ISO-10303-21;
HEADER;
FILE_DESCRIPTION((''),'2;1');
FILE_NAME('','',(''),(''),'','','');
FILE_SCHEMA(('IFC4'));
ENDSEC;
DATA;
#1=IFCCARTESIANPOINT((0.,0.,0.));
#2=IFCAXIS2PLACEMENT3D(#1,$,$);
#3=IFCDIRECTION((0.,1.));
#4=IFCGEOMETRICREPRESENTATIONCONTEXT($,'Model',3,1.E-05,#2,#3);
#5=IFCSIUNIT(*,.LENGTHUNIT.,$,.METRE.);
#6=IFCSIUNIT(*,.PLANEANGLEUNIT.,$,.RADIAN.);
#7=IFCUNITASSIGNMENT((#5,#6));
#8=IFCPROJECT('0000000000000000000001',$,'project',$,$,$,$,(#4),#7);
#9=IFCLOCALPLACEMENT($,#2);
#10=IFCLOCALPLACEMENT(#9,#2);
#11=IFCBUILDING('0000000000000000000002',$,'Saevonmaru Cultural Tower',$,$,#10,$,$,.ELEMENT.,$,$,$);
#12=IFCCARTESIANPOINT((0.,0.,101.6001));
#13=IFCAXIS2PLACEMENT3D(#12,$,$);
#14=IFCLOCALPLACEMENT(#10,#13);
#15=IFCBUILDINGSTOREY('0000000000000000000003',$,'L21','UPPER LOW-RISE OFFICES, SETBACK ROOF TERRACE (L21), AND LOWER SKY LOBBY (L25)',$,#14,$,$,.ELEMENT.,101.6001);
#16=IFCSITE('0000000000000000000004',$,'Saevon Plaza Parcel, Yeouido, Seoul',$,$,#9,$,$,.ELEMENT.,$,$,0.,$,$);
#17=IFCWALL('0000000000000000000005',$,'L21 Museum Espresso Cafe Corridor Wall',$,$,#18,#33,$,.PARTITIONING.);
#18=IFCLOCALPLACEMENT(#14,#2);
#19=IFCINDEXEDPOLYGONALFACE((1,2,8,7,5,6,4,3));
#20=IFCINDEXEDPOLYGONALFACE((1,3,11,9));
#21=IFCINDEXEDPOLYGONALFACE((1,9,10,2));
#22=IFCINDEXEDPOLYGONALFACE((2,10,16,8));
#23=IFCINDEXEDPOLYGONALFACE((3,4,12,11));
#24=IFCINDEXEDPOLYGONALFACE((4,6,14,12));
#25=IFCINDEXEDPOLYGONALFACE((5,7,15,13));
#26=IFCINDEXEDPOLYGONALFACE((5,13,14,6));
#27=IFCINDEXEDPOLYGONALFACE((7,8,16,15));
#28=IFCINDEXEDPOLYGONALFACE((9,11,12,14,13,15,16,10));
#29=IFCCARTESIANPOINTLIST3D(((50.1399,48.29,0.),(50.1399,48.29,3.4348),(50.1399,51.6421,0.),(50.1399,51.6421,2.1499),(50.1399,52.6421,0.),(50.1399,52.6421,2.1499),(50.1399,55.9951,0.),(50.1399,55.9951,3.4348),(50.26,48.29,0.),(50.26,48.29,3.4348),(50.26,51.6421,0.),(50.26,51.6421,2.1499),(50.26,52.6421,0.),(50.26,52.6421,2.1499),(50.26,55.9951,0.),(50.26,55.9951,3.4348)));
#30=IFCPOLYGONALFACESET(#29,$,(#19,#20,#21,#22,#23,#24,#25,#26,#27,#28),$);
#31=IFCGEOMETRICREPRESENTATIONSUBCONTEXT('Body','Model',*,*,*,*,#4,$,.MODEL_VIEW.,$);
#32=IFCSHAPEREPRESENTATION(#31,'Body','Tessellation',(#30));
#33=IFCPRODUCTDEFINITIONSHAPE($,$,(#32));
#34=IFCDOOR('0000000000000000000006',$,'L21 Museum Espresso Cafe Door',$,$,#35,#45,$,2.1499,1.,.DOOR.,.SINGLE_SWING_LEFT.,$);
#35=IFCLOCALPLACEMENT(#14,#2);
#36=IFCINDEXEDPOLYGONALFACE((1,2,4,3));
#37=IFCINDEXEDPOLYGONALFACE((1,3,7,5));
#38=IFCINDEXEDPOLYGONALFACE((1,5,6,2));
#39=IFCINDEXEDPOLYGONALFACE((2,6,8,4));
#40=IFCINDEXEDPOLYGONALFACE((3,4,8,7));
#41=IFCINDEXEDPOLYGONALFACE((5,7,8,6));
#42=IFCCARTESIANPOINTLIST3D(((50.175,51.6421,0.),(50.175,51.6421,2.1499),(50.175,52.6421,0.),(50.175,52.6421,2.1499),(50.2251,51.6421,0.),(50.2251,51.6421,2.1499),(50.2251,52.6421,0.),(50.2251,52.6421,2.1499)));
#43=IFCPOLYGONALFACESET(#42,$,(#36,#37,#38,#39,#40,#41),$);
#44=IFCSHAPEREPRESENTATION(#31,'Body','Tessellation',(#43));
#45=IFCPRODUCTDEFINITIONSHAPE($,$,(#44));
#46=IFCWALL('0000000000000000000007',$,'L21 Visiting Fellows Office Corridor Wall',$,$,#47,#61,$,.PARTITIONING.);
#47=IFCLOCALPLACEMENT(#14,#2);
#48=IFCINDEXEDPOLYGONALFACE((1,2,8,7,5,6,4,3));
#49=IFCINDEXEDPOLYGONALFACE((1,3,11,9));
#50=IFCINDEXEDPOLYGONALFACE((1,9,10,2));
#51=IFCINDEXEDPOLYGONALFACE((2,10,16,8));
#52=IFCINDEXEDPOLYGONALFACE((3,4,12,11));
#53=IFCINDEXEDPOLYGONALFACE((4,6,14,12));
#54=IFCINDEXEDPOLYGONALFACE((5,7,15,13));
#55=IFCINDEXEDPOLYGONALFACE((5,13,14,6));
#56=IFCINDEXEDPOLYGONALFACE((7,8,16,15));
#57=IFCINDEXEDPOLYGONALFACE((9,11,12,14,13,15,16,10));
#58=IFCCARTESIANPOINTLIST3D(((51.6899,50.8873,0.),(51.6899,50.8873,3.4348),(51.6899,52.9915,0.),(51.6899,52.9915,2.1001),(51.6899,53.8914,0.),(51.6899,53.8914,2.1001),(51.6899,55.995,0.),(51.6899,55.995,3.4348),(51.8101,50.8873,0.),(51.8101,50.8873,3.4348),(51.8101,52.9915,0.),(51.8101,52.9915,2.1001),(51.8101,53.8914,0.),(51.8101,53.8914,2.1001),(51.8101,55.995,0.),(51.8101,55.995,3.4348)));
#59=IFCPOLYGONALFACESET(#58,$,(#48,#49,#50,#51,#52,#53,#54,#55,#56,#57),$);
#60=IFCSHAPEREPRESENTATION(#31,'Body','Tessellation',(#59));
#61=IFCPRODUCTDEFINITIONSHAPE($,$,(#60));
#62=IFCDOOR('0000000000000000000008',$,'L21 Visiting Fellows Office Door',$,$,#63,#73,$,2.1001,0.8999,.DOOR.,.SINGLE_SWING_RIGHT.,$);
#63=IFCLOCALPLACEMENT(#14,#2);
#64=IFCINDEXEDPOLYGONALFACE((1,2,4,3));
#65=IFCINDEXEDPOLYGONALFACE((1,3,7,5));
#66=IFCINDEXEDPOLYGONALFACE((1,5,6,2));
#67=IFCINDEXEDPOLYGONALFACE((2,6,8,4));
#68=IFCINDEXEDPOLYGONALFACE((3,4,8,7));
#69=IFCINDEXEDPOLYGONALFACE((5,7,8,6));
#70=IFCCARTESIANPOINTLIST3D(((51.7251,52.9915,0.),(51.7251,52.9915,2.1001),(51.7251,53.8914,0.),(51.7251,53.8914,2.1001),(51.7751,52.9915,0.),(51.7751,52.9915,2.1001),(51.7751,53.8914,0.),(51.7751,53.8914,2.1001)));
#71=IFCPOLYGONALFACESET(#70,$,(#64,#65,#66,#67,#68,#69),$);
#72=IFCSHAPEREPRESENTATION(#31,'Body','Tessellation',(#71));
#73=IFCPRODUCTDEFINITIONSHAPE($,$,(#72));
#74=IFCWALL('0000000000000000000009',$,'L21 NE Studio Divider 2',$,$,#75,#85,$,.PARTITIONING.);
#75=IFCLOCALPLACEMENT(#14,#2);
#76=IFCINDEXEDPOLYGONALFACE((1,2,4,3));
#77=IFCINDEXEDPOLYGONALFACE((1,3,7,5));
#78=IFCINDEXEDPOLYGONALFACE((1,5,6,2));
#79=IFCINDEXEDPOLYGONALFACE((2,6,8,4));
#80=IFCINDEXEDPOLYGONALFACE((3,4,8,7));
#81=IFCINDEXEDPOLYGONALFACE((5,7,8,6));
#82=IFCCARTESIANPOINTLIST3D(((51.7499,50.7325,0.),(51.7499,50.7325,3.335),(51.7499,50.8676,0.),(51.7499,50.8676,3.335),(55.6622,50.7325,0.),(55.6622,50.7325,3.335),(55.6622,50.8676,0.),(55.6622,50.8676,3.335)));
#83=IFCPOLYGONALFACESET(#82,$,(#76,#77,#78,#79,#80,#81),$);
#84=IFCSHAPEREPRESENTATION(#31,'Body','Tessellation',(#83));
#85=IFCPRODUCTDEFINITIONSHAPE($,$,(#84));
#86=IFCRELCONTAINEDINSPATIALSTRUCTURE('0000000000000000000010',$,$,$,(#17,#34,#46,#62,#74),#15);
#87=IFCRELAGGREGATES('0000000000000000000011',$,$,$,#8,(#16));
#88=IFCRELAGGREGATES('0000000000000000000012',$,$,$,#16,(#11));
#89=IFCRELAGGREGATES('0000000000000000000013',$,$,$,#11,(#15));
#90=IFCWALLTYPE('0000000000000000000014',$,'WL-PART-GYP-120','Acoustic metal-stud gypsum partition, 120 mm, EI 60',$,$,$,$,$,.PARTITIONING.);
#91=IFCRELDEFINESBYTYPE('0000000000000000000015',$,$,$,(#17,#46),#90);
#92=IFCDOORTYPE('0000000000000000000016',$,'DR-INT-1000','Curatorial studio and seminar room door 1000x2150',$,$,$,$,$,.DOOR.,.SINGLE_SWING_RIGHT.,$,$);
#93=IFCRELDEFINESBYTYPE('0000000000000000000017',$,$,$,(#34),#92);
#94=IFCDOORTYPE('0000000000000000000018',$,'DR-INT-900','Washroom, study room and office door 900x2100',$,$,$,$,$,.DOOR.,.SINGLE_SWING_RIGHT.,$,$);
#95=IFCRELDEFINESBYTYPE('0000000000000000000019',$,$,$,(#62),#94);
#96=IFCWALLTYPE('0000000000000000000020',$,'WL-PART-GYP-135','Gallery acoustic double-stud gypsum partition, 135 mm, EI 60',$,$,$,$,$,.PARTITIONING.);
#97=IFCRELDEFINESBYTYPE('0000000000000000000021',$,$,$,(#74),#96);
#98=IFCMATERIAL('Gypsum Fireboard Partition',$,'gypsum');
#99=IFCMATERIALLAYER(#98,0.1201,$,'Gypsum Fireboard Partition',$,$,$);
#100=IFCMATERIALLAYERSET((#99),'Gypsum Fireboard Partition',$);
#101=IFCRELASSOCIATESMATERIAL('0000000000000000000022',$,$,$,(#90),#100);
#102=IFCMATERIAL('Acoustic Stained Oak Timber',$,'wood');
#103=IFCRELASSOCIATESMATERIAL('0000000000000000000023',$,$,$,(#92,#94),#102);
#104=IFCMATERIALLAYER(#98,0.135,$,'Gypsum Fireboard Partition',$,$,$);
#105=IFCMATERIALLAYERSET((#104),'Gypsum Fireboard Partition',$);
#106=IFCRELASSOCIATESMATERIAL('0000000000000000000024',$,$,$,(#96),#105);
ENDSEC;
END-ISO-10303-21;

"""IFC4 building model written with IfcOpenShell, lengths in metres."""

from ifc_helpers import new_model, si_unit, direction, frame, frame_2d, origin, place, context, subcontext, project, spatial, rectangle, extrude, material, layer, layer_set, type_object, element, fill, save


model = new_model("IFC4")

# Units and contexts
model_context = context("Model", 3, precision=1e-05, world=origin(), true_north=direction((0.0, 1.0)))
body_context = subcontext(model_context, "Body", "Model", "MODEL_VIEW")
ifc_project = project(units=[si_unit("LENGTHUNIT", "METRE"), si_unit("PLANEANGLEUNIT", "RADIAN")], contexts=[model_context])

# Site, building, storey
site_placement = place(None, origin())
site = spatial("IfcSite", under=ifc_project, at=site_placement, Name="Saevon Plaza Parcel, Yeouido, Seoul", CompositionType="ELEMENT", RefElevation=0.0)
building_placement = place(site_placement, origin())
building = spatial("IfcBuilding", under=site, at=building_placement, Name="Saevonmaru Cultural Tower", CompositionType="ELEMENT")
storey_placement = place(building_placement, frame((0.0, 0.0, 101.6001)))
storey = spatial("IfcBuildingStorey", under=building, at=storey_placement, Name="L21", Description="UPPER LOW-RISE OFFICES, SETBACK ROOF TERRACE (L21), AND LOWER SKY LOBBY (L25)", CompositionType="ELEMENT", Elevation=101.6001)

# Walls, openings, doors
ifc_material_1 = material(Name="Gypsum Fireboard Partition", Category="gypsum")
ifc_layer_1 = layer(ifc_material_1, 0.1201, Name="Gypsum Fireboard Partition")
ifc_layer_set_1 = layer_set([ifc_layer_1], Name="Gypsum Fireboard Partition")
wall_type_1 = type_object("IfcWallType", Name="WL-PART-GYP-120", Description="Acoustic metal-stud gypsum partition, 120 mm, EI 60", PredefinedType="PARTITIONING", material=ifc_layer_set_1)
wall_1_placement = place(storey_placement, frame((50.2, 48.29, 0.0), z_axis=(0.0, 0.0, 1.0), x_axis=(0.0, 1.0, 0.0)))
wall_1 = element("IfcWall", 1, at=wall_1_placement, inside=storey, type_object=wall_type_1, Name="L21 Museum Espresso Cafe Corridor Wall", PredefinedType="PARTITIONING", context=body_context, shape_type="SweptSolid", body=[
    extrude(rectangle(XDim=7.7051, YDim=0.1201, at=frame_2d((3.8525, 0.0))), origin(), (0.0, 0.0, 1.0), 3.4348),
])
opening_1_placement = place(wall_1_placement, frame((3.3521, 0.0, 0.0)))
opening_1 = element("IfcOpeningElement", 2, at=opening_1_placement, cuts=wall_1, PredefinedType="OPENING", context=body_context, shape_type="SweptSolid", body=[
    extrude(rectangle(XDim=1.0, YDim=2.1499, at=frame_2d((0.5, 1.075))), frame((0.0, 0.0701, 0.0), z_axis=(0.0, -1.0, 0.0), x_axis=(1.0, 0.0, 0.0)), (0.0, 0.0, 1.0), 0.1401),
])
ifc_material_2 = material(Name="Acoustic Stained Oak Timber", Category="wood")
door_type_1 = type_object("IfcDoorType", Name="DR-INT-1000", Description="Curatorial studio and seminar room door 1000x2150", OperationType="SINGLE_SWING_RIGHT", PredefinedType="DOOR", material=ifc_material_2)
door_1_placement = place(opening_1_placement, origin())
door_1 = element("IfcDoor", 3, at=door_1_placement, inside=storey, type_object=door_type_1, Name="L21 Museum Espresso Cafe Door", OperationType="SINGLE_SWING_LEFT", OverallHeight=2.1499, OverallWidth=1.0, PredefinedType="DOOR", context=body_context, shape_type="SweptSolid", body=[
    extrude(rectangle(XDim=1.0, YDim=2.1499, at=frame_2d((0.5, 1.075))), frame((0.0, 0.0249, 0.0), z_axis=(0.0, -1.0, 0.0), x_axis=(1.0, 0.0, 0.0)), (0.0, 0.0, 1.0), 0.05),
])
fill(opening_1, door_1)
wall_2_placement = place(storey_placement, frame((51.75, 50.8875, 0.0), z_axis=(0.0, 0.0, 1.0), x_axis=(0.0, 1.0, 0.0)))
wall_2 = element("IfcWall", 4, at=wall_2_placement, inside=storey, type_object=wall_type_1, Name="L21 Visiting Fellows Office Corridor Wall", PredefinedType="PARTITIONING", context=body_context, shape_type="SweptSolid", body=[
    extrude(rectangle(XDim=5.1077, YDim=0.1201, at=frame_2d((2.5537, 0.0))), origin(), (0.0, 0.0, 1.0), 3.4348),
])
opening_2_placement = place(wall_2_placement, frame((2.104, 0.0, 0.0)))
opening_2 = element("IfcOpeningElement", 5, at=opening_2_placement, cuts=wall_2, PredefinedType="OPENING", context=body_context, shape_type="SweptSolid", body=[
    extrude(rectangle(XDim=0.8999, YDim=2.1001, at=frame_2d((0.45, 1.05))), frame((0.0, 0.0701, 0.0), z_axis=(0.0, -1.0, 0.0), x_axis=(1.0, 0.0, 0.0)), (0.0, 0.0, 1.0), 0.1401),
])
door_type_2 = type_object("IfcDoorType", Name="DR-INT-900", Description="Washroom, study room and office door 900x2100", OperationType="SINGLE_SWING_RIGHT", PredefinedType="DOOR", material=ifc_material_2)
door_2_placement = place(opening_2_placement, origin())
door_2 = element("IfcDoor", 6, at=door_2_placement, inside=storey, type_object=door_type_2, Name="L21 Visiting Fellows Office Door", OperationType="SINGLE_SWING_RIGHT", OverallHeight=2.1001, OverallWidth=0.8999, PredefinedType="DOOR", context=body_context, shape_type="SweptSolid", body=[
    extrude(rectangle(XDim=0.8999, YDim=2.1001, at=frame_2d((0.45, 1.05))), frame((0.0, 0.0249, 0.0), z_axis=(0.0, -1.0, 0.0), x_axis=(1.0, 0.0, 0.0)), (0.0, 0.0, 1.0), 0.05),
])
fill(opening_2, door_2)

# Wall
ifc_layer_2 = layer(ifc_material_1, 0.135, Name="Gypsum Fireboard Partition")
ifc_layer_set_2 = layer_set([ifc_layer_2], Name="Gypsum Fireboard Partition")
wall_type_2 = type_object("IfcWallType", Name="WL-PART-GYP-135", Description="Gallery acoustic double-stud gypsum partition, 135 mm, EI 60", PredefinedType="PARTITIONING", material=ifc_layer_set_2)
wall_3_placement = place(storey_placement, frame((51.75, 50.8, 0.0), z_axis=(0.0, 0.0, 1.0), x_axis=(1.0, 0.0, 0.0)))
element("IfcWall", 7, at=wall_3_placement, inside=storey, type_object=wall_type_2, Name="L21 NE Studio Divider 2", PredefinedType="PARTITIONING", context=body_context, shape_type="SweptSolid", body=[
    extrude(rectangle(XDim=3.9124, YDim=0.135, at=frame_2d((1.9561, 0.0))), origin(), (0.0, 0.0, 1.0), 3.335),
])

save(model, "model.ifc")
